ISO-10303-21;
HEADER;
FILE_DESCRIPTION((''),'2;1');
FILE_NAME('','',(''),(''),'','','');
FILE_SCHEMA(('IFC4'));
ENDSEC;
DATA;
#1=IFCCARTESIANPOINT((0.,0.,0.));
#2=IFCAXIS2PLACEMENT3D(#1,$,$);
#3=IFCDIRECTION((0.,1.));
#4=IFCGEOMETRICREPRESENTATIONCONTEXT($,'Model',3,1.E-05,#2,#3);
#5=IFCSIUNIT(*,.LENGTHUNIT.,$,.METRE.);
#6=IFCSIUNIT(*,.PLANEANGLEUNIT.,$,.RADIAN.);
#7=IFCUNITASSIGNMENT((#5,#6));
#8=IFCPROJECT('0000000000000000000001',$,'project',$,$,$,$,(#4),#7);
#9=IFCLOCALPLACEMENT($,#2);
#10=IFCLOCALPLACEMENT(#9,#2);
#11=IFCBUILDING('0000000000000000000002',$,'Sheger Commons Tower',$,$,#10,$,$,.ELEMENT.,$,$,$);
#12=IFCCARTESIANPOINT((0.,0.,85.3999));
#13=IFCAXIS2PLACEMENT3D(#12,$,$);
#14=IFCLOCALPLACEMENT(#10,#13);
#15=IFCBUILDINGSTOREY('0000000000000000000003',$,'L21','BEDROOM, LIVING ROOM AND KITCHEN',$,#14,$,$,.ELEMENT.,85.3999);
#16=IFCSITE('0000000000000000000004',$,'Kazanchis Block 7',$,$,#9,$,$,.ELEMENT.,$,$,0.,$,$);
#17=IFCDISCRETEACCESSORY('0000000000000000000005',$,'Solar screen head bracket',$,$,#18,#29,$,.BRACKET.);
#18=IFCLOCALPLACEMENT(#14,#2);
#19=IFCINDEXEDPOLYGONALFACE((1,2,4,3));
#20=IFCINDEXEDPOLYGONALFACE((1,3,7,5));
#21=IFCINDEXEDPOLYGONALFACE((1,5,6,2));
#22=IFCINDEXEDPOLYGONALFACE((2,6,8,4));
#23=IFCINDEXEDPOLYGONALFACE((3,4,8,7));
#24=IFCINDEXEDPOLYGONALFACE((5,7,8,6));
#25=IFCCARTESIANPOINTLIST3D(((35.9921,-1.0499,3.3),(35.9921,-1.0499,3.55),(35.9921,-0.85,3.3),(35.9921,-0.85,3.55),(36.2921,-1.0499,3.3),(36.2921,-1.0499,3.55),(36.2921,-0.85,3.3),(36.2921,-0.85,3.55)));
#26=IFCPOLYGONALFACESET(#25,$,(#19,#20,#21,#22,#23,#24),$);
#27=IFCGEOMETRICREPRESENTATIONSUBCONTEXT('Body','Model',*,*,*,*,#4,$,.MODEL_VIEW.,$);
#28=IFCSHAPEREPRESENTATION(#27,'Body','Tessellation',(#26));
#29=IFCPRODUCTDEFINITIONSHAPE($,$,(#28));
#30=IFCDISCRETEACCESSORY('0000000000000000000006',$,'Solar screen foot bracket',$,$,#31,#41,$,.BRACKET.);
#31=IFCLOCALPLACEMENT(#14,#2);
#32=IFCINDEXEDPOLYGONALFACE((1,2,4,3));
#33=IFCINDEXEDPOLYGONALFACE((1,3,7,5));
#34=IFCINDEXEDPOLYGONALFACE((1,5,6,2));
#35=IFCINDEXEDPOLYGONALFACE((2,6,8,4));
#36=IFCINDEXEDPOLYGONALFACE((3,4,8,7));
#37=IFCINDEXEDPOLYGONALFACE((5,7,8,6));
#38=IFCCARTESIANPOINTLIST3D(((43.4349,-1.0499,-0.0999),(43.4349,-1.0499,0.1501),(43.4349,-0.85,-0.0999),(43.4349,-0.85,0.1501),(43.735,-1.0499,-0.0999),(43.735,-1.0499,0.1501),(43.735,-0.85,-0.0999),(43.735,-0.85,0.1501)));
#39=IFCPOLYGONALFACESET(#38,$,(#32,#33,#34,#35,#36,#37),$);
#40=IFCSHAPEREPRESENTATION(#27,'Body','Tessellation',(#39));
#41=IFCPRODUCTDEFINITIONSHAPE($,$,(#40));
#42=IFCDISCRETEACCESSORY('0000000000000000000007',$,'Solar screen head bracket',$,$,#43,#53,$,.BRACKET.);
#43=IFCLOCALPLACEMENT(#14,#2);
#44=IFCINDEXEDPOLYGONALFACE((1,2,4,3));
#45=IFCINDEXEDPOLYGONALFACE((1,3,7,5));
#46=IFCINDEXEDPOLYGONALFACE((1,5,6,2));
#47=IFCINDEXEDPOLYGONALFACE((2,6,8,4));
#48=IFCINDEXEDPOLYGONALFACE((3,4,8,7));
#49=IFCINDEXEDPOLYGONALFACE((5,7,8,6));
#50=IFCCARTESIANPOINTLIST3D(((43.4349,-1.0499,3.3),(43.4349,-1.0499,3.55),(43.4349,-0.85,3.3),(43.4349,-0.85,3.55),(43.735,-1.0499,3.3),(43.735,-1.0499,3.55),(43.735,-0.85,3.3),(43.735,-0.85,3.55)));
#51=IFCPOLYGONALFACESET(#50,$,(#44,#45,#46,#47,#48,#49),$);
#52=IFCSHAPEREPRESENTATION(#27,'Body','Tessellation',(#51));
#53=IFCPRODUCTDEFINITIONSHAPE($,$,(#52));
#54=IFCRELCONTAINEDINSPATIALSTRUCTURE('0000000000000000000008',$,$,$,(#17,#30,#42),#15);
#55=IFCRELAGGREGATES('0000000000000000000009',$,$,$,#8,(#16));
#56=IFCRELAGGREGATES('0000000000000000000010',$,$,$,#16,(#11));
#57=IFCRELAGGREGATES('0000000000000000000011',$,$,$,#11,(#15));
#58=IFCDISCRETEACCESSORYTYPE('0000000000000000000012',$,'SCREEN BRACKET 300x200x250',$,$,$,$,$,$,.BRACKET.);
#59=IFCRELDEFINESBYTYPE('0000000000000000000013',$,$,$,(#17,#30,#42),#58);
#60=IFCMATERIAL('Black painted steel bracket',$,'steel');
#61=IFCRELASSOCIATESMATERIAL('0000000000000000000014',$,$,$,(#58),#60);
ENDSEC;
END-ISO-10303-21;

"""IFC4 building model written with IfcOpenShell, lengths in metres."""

from ifc_helpers import new_model, si_unit, direction, frame, origin, origin_2d, place, context, subcontext, project, spatial, rectangle, extrude, material, type_object, element, save


model = new_model("IFC4")

# Units and contexts
model_context = context("Model", 3, precision=1e-05, world=origin(), true_north=direction((0.0, 1.0)))
body_context = subcontext(model_context, "Body", "Model", "MODEL_VIEW")
ifc_project = project(units=[si_unit("LENGTHUNIT", "METRE"), si_unit("PLANEANGLEUNIT", "RADIAN")], contexts=[model_context])

# Site, building, storey
site_placement = place(None, origin())
site = spatial("IfcSite", under=ifc_project, at=site_placement, Name="Kazanchis Block 7", CompositionType="ELEMENT", RefElevation=0.0)
building_placement = place(site_placement, origin())
building = spatial("IfcBuilding", under=site, at=building_placement, Name="Sheger Commons Tower", CompositionType="ELEMENT")
storey_placement = place(building_placement, frame((0.0, 0.0, 85.3999)))
storey = spatial("IfcBuildingStorey", under=building, at=storey_placement, Name="L21", Description="BEDROOM, LIVING ROOM AND KITCHEN", CompositionType="ELEMENT", Elevation=85.3999)

# Discrete accessories
ifc_material_1 = material(Name="Black painted steel bracket", Category="steel")
discrete_accessory_type = type_object("IfcDiscreteAccessoryType", Name="SCREEN BRACKET 300x200x250", PredefinedType="BRACKET", material=ifc_material_1)
for number, where, z_axis, x_axis, name in (
    (1, (36.1421, -0.95, 3.3), (0.0, 0.0, 1.0), (1.0, 0.0, 0.0), "Solar screen head bracket"),
    (2, (43.585, -0.95, -0.0999), (0.0, 0.0, 1.0), (1.0, 0.0, 0.0), "Solar screen foot bracket"),
    (3, (43.585, -0.95, 3.3), (0.0, 0.0, 1.0), (1.0, 0.0, 0.0), "Solar screen head bracket"),
):
    element("IfcDiscreteAccessory", number, at=place(storey_placement, frame(where, z_axis=z_axis, x_axis=x_axis)), inside=storey, type_object=discrete_accessory_type, Name=name, PredefinedType="BRACKET", context=body_context, shape_type="SweptSolid", body=[
        extrude(rectangle(XDim=0.3, YDim=0.2, at=origin_2d()), origin(), (0.0, 0.0, 1.0), 0.25),
    ])

save(model, "model.ifc")
